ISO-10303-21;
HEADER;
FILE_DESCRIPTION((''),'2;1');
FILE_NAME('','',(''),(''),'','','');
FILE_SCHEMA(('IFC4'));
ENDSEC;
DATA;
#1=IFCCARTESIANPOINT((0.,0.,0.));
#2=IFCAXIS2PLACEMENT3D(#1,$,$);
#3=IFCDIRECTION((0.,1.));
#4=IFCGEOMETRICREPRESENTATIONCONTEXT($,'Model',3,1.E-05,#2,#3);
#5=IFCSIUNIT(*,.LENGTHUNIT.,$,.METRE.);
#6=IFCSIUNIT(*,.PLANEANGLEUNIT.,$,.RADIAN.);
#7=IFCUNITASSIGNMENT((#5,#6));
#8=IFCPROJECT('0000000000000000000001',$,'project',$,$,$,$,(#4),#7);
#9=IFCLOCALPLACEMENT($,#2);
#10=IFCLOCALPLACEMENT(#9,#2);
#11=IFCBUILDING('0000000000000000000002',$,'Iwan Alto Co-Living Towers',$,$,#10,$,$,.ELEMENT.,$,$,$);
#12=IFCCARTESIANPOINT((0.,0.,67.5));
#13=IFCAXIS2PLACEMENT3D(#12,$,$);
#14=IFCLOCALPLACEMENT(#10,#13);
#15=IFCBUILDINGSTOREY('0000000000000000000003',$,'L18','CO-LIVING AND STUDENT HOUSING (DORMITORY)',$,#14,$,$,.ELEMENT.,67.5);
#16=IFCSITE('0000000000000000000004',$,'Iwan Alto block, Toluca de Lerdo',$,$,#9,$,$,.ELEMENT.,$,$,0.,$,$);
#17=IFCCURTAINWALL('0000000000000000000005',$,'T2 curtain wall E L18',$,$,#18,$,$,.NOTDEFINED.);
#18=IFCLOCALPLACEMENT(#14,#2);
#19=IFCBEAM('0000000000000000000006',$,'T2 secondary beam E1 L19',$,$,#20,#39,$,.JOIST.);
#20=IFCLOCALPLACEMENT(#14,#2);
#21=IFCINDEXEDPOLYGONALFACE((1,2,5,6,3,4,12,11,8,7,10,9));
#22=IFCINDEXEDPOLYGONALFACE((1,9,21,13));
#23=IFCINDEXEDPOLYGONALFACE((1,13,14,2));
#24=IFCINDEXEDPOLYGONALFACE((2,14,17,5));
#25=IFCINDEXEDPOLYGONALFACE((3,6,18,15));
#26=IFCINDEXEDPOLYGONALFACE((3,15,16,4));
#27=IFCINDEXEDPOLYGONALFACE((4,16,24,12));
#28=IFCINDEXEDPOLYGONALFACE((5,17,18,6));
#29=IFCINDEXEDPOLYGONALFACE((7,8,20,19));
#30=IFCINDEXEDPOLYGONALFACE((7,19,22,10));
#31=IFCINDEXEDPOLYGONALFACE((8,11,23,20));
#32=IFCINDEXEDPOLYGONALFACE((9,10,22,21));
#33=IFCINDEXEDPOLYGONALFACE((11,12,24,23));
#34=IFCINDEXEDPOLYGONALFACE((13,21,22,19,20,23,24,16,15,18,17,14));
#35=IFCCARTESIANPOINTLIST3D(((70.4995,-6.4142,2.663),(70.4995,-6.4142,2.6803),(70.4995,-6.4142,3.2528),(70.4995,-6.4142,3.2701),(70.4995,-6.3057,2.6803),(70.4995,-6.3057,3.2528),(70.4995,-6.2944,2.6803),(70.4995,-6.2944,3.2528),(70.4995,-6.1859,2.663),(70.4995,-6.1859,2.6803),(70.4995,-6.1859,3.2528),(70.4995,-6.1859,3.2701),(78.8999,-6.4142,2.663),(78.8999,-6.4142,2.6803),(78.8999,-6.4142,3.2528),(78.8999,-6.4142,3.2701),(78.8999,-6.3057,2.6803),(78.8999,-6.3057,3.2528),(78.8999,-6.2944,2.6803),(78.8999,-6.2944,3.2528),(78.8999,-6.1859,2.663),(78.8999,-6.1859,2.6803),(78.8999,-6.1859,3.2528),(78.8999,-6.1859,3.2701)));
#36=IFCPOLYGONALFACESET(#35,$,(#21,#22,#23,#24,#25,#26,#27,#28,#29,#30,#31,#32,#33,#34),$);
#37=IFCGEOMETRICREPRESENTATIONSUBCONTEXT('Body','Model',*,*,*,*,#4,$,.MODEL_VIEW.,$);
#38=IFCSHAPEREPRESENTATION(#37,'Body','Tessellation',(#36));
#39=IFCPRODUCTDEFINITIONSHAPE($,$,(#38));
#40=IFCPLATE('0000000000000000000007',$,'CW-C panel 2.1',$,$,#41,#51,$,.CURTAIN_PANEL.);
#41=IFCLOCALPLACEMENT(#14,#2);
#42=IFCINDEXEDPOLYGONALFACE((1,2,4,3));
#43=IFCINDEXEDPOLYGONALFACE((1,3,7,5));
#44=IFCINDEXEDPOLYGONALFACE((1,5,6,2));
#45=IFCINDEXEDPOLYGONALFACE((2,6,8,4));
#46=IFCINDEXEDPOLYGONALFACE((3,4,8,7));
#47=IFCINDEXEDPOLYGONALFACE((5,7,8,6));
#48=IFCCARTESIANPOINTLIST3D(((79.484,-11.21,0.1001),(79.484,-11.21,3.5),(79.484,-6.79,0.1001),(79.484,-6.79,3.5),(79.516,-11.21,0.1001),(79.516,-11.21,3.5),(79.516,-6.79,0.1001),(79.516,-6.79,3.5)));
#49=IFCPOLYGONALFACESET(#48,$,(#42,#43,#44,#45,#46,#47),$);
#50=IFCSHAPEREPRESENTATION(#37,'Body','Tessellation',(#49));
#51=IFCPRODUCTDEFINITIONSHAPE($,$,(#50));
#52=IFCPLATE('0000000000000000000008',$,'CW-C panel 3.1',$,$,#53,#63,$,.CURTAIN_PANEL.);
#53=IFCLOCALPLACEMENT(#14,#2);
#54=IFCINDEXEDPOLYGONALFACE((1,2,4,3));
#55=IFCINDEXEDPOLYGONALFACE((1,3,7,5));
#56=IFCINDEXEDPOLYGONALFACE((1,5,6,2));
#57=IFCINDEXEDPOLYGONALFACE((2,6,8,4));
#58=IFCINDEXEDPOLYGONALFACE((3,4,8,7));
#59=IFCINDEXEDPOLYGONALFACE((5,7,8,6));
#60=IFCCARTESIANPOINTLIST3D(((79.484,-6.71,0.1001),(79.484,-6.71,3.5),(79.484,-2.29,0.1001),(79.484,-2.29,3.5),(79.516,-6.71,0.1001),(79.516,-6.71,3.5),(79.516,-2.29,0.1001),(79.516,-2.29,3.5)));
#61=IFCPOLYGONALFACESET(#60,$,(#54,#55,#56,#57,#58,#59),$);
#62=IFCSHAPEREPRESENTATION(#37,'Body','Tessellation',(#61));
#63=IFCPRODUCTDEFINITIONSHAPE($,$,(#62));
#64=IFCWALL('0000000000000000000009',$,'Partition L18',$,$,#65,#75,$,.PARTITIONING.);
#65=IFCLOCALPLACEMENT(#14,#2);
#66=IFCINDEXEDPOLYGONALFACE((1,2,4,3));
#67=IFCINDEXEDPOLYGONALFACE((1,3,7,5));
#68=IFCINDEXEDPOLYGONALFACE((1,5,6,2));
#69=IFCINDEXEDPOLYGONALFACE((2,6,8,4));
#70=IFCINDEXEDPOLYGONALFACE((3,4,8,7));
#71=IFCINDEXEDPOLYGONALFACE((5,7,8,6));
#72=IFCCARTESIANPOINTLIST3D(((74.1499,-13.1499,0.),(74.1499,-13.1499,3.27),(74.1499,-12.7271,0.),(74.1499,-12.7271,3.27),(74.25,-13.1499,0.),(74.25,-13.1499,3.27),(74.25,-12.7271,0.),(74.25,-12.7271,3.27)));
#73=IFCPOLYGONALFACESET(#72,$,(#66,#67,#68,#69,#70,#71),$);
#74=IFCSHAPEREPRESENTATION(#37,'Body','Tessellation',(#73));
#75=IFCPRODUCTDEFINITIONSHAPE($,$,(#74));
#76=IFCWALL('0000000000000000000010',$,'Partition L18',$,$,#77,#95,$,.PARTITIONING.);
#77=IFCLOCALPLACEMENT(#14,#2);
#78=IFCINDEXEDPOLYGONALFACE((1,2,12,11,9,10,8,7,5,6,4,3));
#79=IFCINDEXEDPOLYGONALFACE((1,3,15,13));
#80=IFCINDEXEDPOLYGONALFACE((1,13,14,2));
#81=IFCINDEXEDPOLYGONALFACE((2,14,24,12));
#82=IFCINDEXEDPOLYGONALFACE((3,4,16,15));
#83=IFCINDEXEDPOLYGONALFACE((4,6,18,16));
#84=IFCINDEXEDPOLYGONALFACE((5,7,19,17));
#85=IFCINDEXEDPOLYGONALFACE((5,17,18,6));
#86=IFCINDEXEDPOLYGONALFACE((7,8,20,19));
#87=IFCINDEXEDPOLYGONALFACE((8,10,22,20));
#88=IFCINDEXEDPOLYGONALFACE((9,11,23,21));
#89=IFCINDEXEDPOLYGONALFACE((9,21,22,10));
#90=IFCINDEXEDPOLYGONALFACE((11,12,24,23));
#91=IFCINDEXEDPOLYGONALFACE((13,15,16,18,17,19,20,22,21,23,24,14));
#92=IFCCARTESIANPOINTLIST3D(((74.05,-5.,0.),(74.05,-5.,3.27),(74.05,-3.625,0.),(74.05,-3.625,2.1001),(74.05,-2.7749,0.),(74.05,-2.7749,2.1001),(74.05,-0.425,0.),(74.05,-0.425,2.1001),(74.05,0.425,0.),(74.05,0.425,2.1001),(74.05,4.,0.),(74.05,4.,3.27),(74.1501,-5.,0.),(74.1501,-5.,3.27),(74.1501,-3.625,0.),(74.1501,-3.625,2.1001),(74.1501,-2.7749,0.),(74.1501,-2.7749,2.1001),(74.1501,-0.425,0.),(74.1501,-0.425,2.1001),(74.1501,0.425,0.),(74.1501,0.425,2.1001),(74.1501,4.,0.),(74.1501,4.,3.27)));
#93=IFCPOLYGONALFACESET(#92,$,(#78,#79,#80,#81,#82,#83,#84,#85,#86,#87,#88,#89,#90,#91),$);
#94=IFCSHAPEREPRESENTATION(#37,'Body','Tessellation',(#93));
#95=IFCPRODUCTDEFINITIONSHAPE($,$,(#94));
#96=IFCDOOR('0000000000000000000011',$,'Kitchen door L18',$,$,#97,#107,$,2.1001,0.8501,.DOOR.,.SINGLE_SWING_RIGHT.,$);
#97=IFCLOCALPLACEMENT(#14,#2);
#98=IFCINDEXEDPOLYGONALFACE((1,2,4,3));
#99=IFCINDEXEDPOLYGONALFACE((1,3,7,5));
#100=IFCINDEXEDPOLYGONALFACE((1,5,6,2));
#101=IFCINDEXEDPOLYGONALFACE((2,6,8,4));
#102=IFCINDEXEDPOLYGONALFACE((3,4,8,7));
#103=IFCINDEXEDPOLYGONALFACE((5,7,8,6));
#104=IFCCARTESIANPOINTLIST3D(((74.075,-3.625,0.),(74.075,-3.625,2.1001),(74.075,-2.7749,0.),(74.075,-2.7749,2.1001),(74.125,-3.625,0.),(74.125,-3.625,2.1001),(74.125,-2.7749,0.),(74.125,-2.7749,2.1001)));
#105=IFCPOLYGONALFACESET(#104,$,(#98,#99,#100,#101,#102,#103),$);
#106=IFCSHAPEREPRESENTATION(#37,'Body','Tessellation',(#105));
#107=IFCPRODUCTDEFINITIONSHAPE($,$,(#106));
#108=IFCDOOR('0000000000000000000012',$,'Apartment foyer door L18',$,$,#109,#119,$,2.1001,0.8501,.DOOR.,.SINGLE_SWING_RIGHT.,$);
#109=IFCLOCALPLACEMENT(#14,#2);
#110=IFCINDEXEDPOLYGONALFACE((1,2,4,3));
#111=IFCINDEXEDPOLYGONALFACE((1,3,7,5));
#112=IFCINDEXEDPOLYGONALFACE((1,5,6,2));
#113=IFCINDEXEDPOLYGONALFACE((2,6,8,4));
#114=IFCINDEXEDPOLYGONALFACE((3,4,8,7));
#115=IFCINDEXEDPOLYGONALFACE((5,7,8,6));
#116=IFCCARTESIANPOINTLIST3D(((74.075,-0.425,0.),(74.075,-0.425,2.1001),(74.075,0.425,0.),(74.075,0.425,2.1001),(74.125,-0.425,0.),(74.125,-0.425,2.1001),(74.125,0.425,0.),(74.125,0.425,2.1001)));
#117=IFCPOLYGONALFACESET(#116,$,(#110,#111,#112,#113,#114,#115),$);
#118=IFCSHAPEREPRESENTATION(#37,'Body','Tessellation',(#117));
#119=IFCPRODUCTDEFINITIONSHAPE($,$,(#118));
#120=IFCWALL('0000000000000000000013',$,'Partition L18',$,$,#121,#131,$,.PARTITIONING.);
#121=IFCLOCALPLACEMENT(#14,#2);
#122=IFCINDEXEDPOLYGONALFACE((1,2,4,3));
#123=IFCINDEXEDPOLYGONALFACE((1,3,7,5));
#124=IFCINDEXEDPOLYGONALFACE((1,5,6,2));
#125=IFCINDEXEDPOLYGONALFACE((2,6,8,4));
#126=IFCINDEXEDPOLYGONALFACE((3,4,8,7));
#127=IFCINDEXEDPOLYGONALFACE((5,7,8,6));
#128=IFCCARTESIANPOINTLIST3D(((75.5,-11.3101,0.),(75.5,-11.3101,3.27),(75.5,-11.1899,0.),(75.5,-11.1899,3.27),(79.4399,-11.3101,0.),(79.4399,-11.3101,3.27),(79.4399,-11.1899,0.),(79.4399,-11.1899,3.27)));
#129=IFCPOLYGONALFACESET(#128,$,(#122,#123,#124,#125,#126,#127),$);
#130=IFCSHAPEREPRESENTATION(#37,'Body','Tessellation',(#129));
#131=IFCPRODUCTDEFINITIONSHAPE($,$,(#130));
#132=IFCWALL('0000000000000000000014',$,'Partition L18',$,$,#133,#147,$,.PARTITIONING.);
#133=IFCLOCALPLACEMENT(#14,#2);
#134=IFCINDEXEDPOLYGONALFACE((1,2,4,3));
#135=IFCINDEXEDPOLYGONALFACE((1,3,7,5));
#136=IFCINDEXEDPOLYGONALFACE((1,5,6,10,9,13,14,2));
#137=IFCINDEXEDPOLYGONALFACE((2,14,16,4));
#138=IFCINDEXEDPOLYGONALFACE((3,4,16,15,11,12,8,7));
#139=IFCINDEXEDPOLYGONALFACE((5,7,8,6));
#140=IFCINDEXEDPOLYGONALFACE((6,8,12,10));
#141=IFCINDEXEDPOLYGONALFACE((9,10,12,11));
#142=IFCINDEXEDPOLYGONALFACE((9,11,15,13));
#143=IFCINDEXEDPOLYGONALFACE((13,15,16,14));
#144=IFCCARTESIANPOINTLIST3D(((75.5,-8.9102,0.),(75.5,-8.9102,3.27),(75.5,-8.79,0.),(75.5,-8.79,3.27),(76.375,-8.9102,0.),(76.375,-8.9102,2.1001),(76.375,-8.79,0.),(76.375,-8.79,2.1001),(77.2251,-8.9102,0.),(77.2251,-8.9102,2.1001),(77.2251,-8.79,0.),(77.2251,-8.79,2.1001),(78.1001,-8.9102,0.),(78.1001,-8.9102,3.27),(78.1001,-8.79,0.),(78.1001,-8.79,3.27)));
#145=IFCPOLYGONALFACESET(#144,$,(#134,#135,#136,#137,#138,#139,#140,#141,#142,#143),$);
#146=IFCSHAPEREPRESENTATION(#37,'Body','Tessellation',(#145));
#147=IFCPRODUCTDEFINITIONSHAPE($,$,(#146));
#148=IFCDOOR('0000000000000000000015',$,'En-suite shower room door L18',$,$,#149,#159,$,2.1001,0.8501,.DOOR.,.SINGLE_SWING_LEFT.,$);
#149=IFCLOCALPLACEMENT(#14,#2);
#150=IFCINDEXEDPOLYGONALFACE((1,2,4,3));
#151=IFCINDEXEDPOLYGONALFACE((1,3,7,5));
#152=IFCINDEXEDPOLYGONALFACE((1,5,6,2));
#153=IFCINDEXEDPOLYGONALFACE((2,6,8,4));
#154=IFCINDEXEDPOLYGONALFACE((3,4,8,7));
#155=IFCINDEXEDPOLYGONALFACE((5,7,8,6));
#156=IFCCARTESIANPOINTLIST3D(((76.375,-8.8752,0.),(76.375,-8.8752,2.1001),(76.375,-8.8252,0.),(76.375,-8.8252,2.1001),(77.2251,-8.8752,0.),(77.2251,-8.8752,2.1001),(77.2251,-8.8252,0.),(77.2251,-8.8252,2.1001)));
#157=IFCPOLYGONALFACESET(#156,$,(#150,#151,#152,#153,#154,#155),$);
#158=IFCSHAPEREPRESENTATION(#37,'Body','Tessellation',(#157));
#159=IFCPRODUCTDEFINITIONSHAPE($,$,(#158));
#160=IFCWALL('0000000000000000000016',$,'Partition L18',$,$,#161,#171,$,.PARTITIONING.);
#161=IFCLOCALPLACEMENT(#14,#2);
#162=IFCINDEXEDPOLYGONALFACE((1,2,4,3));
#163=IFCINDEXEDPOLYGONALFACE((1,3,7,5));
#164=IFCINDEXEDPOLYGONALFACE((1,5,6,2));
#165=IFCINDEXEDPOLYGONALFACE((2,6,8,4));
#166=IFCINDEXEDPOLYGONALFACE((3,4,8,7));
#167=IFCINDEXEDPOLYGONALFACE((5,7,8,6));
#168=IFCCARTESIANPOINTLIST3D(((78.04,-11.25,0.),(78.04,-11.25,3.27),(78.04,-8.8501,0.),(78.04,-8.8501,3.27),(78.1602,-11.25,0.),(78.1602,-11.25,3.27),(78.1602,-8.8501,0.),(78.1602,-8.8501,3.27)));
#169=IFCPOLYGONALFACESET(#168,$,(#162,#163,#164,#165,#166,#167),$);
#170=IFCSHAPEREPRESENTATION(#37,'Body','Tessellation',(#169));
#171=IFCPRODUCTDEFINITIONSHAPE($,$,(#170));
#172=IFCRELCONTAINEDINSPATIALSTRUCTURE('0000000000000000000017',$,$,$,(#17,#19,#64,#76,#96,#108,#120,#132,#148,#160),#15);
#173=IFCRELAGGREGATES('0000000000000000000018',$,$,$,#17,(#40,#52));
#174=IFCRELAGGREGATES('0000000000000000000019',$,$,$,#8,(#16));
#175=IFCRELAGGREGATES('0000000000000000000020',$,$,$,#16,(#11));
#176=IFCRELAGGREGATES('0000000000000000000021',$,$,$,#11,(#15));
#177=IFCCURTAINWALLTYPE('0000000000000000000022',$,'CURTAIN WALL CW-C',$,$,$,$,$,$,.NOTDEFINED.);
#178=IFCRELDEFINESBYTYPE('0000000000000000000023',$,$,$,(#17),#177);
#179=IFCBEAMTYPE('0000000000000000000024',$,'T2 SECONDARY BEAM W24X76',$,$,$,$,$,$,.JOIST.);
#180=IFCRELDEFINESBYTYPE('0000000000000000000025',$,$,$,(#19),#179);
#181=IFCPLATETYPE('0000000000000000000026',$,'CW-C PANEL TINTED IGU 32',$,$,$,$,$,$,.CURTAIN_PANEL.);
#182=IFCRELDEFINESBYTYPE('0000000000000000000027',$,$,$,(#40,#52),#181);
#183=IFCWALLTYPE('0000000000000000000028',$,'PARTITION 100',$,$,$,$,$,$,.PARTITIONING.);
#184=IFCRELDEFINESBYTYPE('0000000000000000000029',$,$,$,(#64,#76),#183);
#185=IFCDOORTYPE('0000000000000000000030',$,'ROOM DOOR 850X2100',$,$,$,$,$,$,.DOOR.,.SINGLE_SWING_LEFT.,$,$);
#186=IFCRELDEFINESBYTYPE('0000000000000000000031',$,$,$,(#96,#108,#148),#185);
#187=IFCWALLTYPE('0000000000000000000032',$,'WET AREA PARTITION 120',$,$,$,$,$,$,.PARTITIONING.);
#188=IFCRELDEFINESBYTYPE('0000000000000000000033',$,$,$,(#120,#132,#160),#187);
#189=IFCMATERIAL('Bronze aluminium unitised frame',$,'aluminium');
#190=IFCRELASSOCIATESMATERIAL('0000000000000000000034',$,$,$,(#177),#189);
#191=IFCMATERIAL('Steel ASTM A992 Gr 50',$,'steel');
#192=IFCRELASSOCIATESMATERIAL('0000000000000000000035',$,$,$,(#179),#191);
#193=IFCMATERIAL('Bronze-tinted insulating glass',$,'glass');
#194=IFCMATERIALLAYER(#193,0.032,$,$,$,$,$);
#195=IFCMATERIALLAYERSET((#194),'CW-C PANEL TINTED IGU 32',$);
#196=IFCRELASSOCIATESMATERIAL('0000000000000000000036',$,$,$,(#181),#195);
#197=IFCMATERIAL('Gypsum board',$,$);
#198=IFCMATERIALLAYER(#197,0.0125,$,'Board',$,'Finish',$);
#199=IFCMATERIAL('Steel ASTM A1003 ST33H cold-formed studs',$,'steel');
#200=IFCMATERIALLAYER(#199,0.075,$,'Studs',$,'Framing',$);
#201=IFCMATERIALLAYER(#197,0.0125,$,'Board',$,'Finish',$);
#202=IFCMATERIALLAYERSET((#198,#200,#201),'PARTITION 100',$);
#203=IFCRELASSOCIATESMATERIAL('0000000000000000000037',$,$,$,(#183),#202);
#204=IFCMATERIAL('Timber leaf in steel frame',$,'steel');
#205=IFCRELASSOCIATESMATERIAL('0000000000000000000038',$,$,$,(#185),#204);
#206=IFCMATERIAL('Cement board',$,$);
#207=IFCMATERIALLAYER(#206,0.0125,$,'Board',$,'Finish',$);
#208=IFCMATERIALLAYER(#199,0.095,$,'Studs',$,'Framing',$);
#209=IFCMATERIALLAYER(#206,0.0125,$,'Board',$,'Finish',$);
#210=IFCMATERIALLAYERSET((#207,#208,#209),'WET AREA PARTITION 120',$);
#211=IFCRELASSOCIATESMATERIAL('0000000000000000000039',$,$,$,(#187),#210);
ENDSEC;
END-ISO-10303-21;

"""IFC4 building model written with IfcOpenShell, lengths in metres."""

from ifc_helpers import new_model, si_unit, direction, frame, frame_2d, origin, origin_2d, place, context, subcontext, project, spatial, rectangle, i_section, extrude, material, layer, layer_set, material_profile, profile_set, type_object, element, fill, aggregate, save


model = new_model("IFC4")

# Units and contexts
model_context = context("Model", 3, precision=1e-05, world=origin(), true_north=direction((0.0, 1.0)))
body_context = subcontext(model_context, "Body", "Model", "MODEL_VIEW")
ifc_project = project(units=[si_unit("LENGTHUNIT", "METRE"), si_unit("PLANEANGLEUNIT", "RADIAN")], contexts=[model_context])

# Site, building, storey
site_placement = place(None, origin())
site = spatial("IfcSite", under=ifc_project, at=site_placement, Name="Iwan Alto block, Toluca de Lerdo", CompositionType="ELEMENT", RefElevation=0.0)
building_placement = place(site_placement, origin())
building = spatial("IfcBuilding", under=site, at=building_placement, Name="Iwan Alto Co-Living Towers", CompositionType="ELEMENT")
storey_placement = place(building_placement, frame((0.0, 0.0, 67.5)))
storey = spatial("IfcBuildingStorey", under=building, at=storey_placement, Name="L18", Description="CO-LIVING AND STUDENT HOUSING (DORMITORY)", CompositionType="ELEMENT", Elevation=67.5)

# Curtain wall
ifc_material_1 = material(Name="Bronze aluminium unitised frame", Category="aluminium")
curtain_wall_type = type_object("IfcCurtainWallType", Name="CURTAIN WALL CW-C", PredefinedType="NOTDEFINED", material=ifc_material_1)
curtain_wall_placement = place(storey_placement, origin())
curtain_wall = element("IfcCurtainWall", 1, at=curtain_wall_placement, inside=storey, type_object=curtain_wall_type, Name="T2 curtain wall E L18", PredefinedType="NOTDEFINED")

# Beam
ifc_material_2 = material(Name="Steel ASTM A992 Gr 50", Category="steel")
ifc_material_profile_1 = material_profile(ifc_material_2, i_section(OverallWidth=0.2283, OverallDepth=0.6072, WebThickness=0.0112, FlangeThickness=0.0173, at=origin_2d()), Name="W24X76")
ifc_profile_set_1 = profile_set([ifc_material_profile_1], Name="Steel ASTM A992 Gr 50")
beam_type_1 = type_object("IfcBeamType", Name="T2 SECONDARY BEAM W24X76", PredefinedType="JOIST", material=ifc_profile_set_1)
beam_1_placement = place(storey_placement, frame((78.8999, -6.3, 2.9666), z_axis=(-1.0, 0.0, 0.0), x_axis=(0.0, -1.0, 0.0)))
element("IfcBeam", 2, at=beam_1_placement, inside=storey, type_object=beam_type_1, Name="T2 secondary beam E1 L19", PredefinedType="JOIST", context=body_context, shape_type="SweptSolid", body=[
    extrude(i_section(OverallWidth=0.2283, OverallDepth=0.6072, WebThickness=0.0112, FlangeThickness=0.0173, at=origin_2d()), origin(), (0.0, 0.0, 1.0), 8.4004),
])

# Plates
ifc_material_3 = material(Name="Bronze-tinted insulating glass", Category="glass")
ifc_layer_1 = layer(ifc_material_3, 0.032)
ifc_layer_set_1 = layer_set([ifc_layer_1], Name="CW-C PANEL TINTED IGU 32")
plate_type = type_object("IfcPlateType", Name="CW-C PANEL TINTED IGU 32", PredefinedType="CURTAIN_PANEL", material=ifc_layer_set_1)
plate_1_placement = place(storey_placement, frame((79.5, -9.0, 0.1001), z_axis=(0.0, 0.0, 1.0), x_axis=(0.0, 1.0, 0.0)))
plate_1 = element("IfcPlate", 3, at=plate_1_placement, type_object=plate_type, Name="CW-C panel 2.1", PredefinedType="CURTAIN_PANEL", context=body_context, shape_type="SweptSolid", body=[
    extrude(rectangle(XDim=4.4199, YDim=0.032, at=origin_2d()), origin(), (0.0, 0.0, 1.0), 3.3999),
])
plate_2_placement = place(storey_placement, frame((79.5, -4.5, 0.1001), z_axis=(0.0, 0.0, 1.0), x_axis=(0.0, 1.0, 0.0)))
plate_2 = element("IfcPlate", 4, at=plate_2_placement, type_object=plate_type, Name="CW-C panel 3.1", PredefinedType="CURTAIN_PANEL", context=body_context, shape_type="SweptSolid", body=[
    extrude(rectangle(XDim=4.4199, YDim=0.032, at=origin_2d()), origin(), (0.0, 0.0, 1.0), 3.3999),
])
aggregate(curtain_wall, [plate_1, plate_2])

# Wall
ifc_material_4 = material(Name="Gypsum board")
ifc_layer_2 = layer(ifc_material_4, 0.0125, Name="Board", Category="Finish")
ifc_material_5 = material(Name="Steel ASTM A1003 ST33H cold-formed studs", Category="steel")
ifc_layer_3 = layer(ifc_material_5, 0.075, Name="Studs", Category="Framing")
ifc_layer_4 = layer(ifc_material_4, 0.0125, Name="Board", Category="Finish")
ifc_layer_set_2 = layer_set([ifc_layer_2, ifc_layer_3, ifc_layer_4], Name="PARTITION 100")
wall_type_1 = type_object("IfcWallType", Name="PARTITION 100", PredefinedType="PARTITIONING", material=ifc_layer_set_2)
wall_1_placement = place(storey_placement, frame((74.2, -13.1499, 0.0), z_axis=(0.0, 0.0, 1.0), x_axis=(0.0, 1.0, 0.0)))
element("IfcWall", 5, at=wall_1_placement, inside=storey, type_object=wall_type_1, Name="Partition L18", PredefinedType="PARTITIONING", context=body_context, shape_type="SweptSolid", body=[
    extrude(rectangle(XDim=0.4229, YDim=0.1001, at=frame_2d((0.2114, 0.0))), origin(), (0.0, 0.0, 1.0), 3.27),
])

# Wall, openings, doors
wall_2_placement = place(storey_placement, frame((74.1001, -5.0, 0.0), z_axis=(0.0, 0.0, 1.0), x_axis=(0.0, 1.0, 0.0)))
wall_2 = element("IfcWall", 6, at=wall_2_placement, inside=storey, type_object=wall_type_1, Name="Partition L18", PredefinedType="PARTITIONING", context=body_context, shape_type="SweptSolid", body=[
    extrude(rectangle(XDim=9.0, YDim=0.1001, at=frame_2d((4.5, 0.0))), origin(), (0.0, 0.0, 1.0), 3.27),
])
opening_1_placement = place(wall_2_placement, frame((1.375, 0.0, 0.0)))
opening_1 = element("IfcOpeningElement", 7, at=opening_1_placement, cuts=wall_2, PredefinedType="OPENING", context=body_context, shape_type="SweptSolid", body=[
    extrude(rectangle(XDim=0.8501, YDim=2.1001, at=frame_2d((0.425, 1.05))), frame((0.0, 0.0601, 0.0), z_axis=(0.0, -1.0, 0.0), x_axis=(1.0, 0.0, 0.0)), (0.0, 0.0, 1.0), 0.1201),
])
opening_2_placement = place(wall_2_placement, frame((4.575, 0.0, 0.0)))
opening_2 = element("IfcOpeningElement", 8, at=opening_2_placement, cuts=wall_2, PredefinedType="OPENING", context=body_context, shape_type="SweptSolid", body=[
    extrude(rectangle(XDim=0.8501, YDim=2.1001, at=frame_2d((0.425, 1.05))), frame((0.0, 0.0601, 0.0), z_axis=(0.0, -1.0, 0.0), x_axis=(1.0, 0.0, 0.0)), (0.0, 0.0, 1.0), 0.1201),
])
ifc_material_6 = material(Name="Timber leaf in steel frame", Category="steel")
door_type = type_object("IfcDoorType", Name="ROOM DOOR 850X2100", OperationType="SINGLE_SWING_LEFT", PredefinedType="DOOR", material=ifc_material_6)
door_1_placement = place(opening_1_placement, frame((0.8501, 0.0, 0.0), z_axis=(0.0, 0.0, 1.0), x_axis=(-1.0, 0.0, 0.0)))
door_1 = element("IfcDoor", 9, at=door_1_placement, inside=storey, type_object=door_type, Name="Kitchen door L18", OperationType="SINGLE_SWING_RIGHT", OverallHeight=2.1001, OverallWidth=0.8501, PredefinedType="DOOR", context=body_context, shape_type="SweptSolid", body=[
    extrude(rectangle(XDim=0.8501, YDim=2.1001, at=frame_2d((0.425, 1.05))), frame((0.0, 0.0249, 0.0), z_axis=(0.0, -1.0, 0.0), x_axis=(1.0, 0.0, 0.0)), (0.0, 0.0, 1.0), 0.05),
])
fill(opening_1, door_1)
door_2_placement = place(opening_2_placement, frame((0.8501, 0.0, 0.0), z_axis=(0.0, 0.0, 1.0), x_axis=(-1.0, 0.0, 0.0)))
door_2 = element("IfcDoor", 10, at=door_2_placement, inside=storey, type_object=door_type, Name="Apartment foyer door L18", OperationType="SINGLE_SWING_RIGHT", OverallHeight=2.1001, OverallWidth=0.8501, PredefinedType="DOOR", context=body_context, shape_type="SweptSolid", body=[
    extrude(rectangle(XDim=0.8501, YDim=2.1001, at=frame_2d((0.425, 1.05))), frame((0.0, 0.0249, 0.0), z_axis=(0.0, -1.0, 0.0), x_axis=(1.0, 0.0, 0.0)), (0.0, 0.0, 1.0), 0.05),
])
fill(opening_2, door_2)

# Wall
ifc_material_7 = material(Name="Cement board")
ifc_layer_5 = layer(ifc_material_7, 0.0125, Name="Board", Category="Finish")
ifc_layer_6 = layer(ifc_material_5, 0.095, Name="Studs", Category="Framing")
ifc_layer_7 = layer(ifc_material_7, 0.0125, Name="Board", Category="Finish")
ifc_layer_set_3 = layer_set([ifc_layer_5, ifc_layer_6, ifc_layer_7], Name="WET AREA PARTITION 120")
wall_type_2 = type_object("IfcWallType", Name="WET AREA PARTITION 120", PredefinedType="PARTITIONING", material=ifc_layer_set_3)
wall_3_placement = place(storey_placement, frame((75.5, -11.25, 0.0), z_axis=(0.0, 0.0, 1.0), x_axis=(1.0, 0.0, 0.0)))
element("IfcWall", 11, at=wall_3_placement, inside=storey, type_object=wall_type_2, Name="Partition L18", PredefinedType="PARTITIONING", context=body_context, shape_type="SweptSolid", body=[
    extrude(rectangle(XDim=3.9399, YDim=0.1201, at=frame_2d((1.97, 0.0))), origin(), (0.0, 0.0, 1.0), 3.27),
])

# Wall, opening, door
wall_4_placement = place(storey_placement, frame((75.5, -8.8501, 0.0), z_axis=(0.0, 0.0, 1.0), x_axis=(1.0, 0.0, 0.0)))
wall_4 = element("IfcWall", 12, at=wall_4_placement, inside=storey, type_object=wall_type_2, Name="Partition L18", PredefinedType="PARTITIONING", context=body_context, shape_type="SweptSolid", body=[
    extrude(rectangle(XDim=2.6001, YDim=0.1201, at=frame_2d((1.3, 0.0))), origin(), (0.0, 0.0, 1.0), 3.27),
])
opening_3_placement = place(wall_4_placement, frame((0.875, 0.0, 0.0)))
opening_3 = element("IfcOpeningElement", 13, at=opening_3_placement, cuts=wall_4, PredefinedType="OPENING", context=body_context, shape_type="SweptSolid", body=[
    extrude(rectangle(XDim=0.8501, YDim=2.1001, at=frame_2d((0.425, 1.05))), frame((0.0, 0.0701, 0.0), z_axis=(0.0, -1.0, 0.0), x_axis=(1.0, 0.0, 0.0)), (0.0, 0.0, 1.0), 0.1401),
])
door_3_placement = place(opening_3_placement, origin())
door_3 = element("IfcDoor", 14, at=door_3_placement, inside=storey, type_object=door_type, Name="En-suite shower room door L18", OperationType="SINGLE_SWING_LEFT", OverallHeight=2.1001, OverallWidth=0.8501, PredefinedType="DOOR", context=body_context, shape_type="SweptSolid", body=[
    extrude(rectangle(XDim=0.8501, YDim=2.1001, at=frame_2d((0.425, 1.05))), frame((0.0, 0.0249, 0.0), z_axis=(0.0, -1.0, 0.0), x_axis=(1.0, 0.0, 0.0)), (0.0, 0.0, 1.0), 0.05),
])
fill(opening_3, door_3)

# Wall
wall_5_placement = place(storey_placement, frame((78.1001, -11.25, 0.0), z_axis=(0.0, 0.0, 1.0), x_axis=(0.0, 1.0, 0.0)))
element("IfcWall", 15, at=wall_5_placement, inside=storey, type_object=wall_type_2, Name="Partition L18", PredefinedType="PARTITIONING", context=body_context, shape_type="SweptSolid", body=[
    extrude(rectangle(XDim=2.3999, YDim=0.1201, at=frame_2d((1.2, 0.0))), origin(), (0.0, 0.0, 1.0), 3.27),
])

save(model, "model.ifc")
